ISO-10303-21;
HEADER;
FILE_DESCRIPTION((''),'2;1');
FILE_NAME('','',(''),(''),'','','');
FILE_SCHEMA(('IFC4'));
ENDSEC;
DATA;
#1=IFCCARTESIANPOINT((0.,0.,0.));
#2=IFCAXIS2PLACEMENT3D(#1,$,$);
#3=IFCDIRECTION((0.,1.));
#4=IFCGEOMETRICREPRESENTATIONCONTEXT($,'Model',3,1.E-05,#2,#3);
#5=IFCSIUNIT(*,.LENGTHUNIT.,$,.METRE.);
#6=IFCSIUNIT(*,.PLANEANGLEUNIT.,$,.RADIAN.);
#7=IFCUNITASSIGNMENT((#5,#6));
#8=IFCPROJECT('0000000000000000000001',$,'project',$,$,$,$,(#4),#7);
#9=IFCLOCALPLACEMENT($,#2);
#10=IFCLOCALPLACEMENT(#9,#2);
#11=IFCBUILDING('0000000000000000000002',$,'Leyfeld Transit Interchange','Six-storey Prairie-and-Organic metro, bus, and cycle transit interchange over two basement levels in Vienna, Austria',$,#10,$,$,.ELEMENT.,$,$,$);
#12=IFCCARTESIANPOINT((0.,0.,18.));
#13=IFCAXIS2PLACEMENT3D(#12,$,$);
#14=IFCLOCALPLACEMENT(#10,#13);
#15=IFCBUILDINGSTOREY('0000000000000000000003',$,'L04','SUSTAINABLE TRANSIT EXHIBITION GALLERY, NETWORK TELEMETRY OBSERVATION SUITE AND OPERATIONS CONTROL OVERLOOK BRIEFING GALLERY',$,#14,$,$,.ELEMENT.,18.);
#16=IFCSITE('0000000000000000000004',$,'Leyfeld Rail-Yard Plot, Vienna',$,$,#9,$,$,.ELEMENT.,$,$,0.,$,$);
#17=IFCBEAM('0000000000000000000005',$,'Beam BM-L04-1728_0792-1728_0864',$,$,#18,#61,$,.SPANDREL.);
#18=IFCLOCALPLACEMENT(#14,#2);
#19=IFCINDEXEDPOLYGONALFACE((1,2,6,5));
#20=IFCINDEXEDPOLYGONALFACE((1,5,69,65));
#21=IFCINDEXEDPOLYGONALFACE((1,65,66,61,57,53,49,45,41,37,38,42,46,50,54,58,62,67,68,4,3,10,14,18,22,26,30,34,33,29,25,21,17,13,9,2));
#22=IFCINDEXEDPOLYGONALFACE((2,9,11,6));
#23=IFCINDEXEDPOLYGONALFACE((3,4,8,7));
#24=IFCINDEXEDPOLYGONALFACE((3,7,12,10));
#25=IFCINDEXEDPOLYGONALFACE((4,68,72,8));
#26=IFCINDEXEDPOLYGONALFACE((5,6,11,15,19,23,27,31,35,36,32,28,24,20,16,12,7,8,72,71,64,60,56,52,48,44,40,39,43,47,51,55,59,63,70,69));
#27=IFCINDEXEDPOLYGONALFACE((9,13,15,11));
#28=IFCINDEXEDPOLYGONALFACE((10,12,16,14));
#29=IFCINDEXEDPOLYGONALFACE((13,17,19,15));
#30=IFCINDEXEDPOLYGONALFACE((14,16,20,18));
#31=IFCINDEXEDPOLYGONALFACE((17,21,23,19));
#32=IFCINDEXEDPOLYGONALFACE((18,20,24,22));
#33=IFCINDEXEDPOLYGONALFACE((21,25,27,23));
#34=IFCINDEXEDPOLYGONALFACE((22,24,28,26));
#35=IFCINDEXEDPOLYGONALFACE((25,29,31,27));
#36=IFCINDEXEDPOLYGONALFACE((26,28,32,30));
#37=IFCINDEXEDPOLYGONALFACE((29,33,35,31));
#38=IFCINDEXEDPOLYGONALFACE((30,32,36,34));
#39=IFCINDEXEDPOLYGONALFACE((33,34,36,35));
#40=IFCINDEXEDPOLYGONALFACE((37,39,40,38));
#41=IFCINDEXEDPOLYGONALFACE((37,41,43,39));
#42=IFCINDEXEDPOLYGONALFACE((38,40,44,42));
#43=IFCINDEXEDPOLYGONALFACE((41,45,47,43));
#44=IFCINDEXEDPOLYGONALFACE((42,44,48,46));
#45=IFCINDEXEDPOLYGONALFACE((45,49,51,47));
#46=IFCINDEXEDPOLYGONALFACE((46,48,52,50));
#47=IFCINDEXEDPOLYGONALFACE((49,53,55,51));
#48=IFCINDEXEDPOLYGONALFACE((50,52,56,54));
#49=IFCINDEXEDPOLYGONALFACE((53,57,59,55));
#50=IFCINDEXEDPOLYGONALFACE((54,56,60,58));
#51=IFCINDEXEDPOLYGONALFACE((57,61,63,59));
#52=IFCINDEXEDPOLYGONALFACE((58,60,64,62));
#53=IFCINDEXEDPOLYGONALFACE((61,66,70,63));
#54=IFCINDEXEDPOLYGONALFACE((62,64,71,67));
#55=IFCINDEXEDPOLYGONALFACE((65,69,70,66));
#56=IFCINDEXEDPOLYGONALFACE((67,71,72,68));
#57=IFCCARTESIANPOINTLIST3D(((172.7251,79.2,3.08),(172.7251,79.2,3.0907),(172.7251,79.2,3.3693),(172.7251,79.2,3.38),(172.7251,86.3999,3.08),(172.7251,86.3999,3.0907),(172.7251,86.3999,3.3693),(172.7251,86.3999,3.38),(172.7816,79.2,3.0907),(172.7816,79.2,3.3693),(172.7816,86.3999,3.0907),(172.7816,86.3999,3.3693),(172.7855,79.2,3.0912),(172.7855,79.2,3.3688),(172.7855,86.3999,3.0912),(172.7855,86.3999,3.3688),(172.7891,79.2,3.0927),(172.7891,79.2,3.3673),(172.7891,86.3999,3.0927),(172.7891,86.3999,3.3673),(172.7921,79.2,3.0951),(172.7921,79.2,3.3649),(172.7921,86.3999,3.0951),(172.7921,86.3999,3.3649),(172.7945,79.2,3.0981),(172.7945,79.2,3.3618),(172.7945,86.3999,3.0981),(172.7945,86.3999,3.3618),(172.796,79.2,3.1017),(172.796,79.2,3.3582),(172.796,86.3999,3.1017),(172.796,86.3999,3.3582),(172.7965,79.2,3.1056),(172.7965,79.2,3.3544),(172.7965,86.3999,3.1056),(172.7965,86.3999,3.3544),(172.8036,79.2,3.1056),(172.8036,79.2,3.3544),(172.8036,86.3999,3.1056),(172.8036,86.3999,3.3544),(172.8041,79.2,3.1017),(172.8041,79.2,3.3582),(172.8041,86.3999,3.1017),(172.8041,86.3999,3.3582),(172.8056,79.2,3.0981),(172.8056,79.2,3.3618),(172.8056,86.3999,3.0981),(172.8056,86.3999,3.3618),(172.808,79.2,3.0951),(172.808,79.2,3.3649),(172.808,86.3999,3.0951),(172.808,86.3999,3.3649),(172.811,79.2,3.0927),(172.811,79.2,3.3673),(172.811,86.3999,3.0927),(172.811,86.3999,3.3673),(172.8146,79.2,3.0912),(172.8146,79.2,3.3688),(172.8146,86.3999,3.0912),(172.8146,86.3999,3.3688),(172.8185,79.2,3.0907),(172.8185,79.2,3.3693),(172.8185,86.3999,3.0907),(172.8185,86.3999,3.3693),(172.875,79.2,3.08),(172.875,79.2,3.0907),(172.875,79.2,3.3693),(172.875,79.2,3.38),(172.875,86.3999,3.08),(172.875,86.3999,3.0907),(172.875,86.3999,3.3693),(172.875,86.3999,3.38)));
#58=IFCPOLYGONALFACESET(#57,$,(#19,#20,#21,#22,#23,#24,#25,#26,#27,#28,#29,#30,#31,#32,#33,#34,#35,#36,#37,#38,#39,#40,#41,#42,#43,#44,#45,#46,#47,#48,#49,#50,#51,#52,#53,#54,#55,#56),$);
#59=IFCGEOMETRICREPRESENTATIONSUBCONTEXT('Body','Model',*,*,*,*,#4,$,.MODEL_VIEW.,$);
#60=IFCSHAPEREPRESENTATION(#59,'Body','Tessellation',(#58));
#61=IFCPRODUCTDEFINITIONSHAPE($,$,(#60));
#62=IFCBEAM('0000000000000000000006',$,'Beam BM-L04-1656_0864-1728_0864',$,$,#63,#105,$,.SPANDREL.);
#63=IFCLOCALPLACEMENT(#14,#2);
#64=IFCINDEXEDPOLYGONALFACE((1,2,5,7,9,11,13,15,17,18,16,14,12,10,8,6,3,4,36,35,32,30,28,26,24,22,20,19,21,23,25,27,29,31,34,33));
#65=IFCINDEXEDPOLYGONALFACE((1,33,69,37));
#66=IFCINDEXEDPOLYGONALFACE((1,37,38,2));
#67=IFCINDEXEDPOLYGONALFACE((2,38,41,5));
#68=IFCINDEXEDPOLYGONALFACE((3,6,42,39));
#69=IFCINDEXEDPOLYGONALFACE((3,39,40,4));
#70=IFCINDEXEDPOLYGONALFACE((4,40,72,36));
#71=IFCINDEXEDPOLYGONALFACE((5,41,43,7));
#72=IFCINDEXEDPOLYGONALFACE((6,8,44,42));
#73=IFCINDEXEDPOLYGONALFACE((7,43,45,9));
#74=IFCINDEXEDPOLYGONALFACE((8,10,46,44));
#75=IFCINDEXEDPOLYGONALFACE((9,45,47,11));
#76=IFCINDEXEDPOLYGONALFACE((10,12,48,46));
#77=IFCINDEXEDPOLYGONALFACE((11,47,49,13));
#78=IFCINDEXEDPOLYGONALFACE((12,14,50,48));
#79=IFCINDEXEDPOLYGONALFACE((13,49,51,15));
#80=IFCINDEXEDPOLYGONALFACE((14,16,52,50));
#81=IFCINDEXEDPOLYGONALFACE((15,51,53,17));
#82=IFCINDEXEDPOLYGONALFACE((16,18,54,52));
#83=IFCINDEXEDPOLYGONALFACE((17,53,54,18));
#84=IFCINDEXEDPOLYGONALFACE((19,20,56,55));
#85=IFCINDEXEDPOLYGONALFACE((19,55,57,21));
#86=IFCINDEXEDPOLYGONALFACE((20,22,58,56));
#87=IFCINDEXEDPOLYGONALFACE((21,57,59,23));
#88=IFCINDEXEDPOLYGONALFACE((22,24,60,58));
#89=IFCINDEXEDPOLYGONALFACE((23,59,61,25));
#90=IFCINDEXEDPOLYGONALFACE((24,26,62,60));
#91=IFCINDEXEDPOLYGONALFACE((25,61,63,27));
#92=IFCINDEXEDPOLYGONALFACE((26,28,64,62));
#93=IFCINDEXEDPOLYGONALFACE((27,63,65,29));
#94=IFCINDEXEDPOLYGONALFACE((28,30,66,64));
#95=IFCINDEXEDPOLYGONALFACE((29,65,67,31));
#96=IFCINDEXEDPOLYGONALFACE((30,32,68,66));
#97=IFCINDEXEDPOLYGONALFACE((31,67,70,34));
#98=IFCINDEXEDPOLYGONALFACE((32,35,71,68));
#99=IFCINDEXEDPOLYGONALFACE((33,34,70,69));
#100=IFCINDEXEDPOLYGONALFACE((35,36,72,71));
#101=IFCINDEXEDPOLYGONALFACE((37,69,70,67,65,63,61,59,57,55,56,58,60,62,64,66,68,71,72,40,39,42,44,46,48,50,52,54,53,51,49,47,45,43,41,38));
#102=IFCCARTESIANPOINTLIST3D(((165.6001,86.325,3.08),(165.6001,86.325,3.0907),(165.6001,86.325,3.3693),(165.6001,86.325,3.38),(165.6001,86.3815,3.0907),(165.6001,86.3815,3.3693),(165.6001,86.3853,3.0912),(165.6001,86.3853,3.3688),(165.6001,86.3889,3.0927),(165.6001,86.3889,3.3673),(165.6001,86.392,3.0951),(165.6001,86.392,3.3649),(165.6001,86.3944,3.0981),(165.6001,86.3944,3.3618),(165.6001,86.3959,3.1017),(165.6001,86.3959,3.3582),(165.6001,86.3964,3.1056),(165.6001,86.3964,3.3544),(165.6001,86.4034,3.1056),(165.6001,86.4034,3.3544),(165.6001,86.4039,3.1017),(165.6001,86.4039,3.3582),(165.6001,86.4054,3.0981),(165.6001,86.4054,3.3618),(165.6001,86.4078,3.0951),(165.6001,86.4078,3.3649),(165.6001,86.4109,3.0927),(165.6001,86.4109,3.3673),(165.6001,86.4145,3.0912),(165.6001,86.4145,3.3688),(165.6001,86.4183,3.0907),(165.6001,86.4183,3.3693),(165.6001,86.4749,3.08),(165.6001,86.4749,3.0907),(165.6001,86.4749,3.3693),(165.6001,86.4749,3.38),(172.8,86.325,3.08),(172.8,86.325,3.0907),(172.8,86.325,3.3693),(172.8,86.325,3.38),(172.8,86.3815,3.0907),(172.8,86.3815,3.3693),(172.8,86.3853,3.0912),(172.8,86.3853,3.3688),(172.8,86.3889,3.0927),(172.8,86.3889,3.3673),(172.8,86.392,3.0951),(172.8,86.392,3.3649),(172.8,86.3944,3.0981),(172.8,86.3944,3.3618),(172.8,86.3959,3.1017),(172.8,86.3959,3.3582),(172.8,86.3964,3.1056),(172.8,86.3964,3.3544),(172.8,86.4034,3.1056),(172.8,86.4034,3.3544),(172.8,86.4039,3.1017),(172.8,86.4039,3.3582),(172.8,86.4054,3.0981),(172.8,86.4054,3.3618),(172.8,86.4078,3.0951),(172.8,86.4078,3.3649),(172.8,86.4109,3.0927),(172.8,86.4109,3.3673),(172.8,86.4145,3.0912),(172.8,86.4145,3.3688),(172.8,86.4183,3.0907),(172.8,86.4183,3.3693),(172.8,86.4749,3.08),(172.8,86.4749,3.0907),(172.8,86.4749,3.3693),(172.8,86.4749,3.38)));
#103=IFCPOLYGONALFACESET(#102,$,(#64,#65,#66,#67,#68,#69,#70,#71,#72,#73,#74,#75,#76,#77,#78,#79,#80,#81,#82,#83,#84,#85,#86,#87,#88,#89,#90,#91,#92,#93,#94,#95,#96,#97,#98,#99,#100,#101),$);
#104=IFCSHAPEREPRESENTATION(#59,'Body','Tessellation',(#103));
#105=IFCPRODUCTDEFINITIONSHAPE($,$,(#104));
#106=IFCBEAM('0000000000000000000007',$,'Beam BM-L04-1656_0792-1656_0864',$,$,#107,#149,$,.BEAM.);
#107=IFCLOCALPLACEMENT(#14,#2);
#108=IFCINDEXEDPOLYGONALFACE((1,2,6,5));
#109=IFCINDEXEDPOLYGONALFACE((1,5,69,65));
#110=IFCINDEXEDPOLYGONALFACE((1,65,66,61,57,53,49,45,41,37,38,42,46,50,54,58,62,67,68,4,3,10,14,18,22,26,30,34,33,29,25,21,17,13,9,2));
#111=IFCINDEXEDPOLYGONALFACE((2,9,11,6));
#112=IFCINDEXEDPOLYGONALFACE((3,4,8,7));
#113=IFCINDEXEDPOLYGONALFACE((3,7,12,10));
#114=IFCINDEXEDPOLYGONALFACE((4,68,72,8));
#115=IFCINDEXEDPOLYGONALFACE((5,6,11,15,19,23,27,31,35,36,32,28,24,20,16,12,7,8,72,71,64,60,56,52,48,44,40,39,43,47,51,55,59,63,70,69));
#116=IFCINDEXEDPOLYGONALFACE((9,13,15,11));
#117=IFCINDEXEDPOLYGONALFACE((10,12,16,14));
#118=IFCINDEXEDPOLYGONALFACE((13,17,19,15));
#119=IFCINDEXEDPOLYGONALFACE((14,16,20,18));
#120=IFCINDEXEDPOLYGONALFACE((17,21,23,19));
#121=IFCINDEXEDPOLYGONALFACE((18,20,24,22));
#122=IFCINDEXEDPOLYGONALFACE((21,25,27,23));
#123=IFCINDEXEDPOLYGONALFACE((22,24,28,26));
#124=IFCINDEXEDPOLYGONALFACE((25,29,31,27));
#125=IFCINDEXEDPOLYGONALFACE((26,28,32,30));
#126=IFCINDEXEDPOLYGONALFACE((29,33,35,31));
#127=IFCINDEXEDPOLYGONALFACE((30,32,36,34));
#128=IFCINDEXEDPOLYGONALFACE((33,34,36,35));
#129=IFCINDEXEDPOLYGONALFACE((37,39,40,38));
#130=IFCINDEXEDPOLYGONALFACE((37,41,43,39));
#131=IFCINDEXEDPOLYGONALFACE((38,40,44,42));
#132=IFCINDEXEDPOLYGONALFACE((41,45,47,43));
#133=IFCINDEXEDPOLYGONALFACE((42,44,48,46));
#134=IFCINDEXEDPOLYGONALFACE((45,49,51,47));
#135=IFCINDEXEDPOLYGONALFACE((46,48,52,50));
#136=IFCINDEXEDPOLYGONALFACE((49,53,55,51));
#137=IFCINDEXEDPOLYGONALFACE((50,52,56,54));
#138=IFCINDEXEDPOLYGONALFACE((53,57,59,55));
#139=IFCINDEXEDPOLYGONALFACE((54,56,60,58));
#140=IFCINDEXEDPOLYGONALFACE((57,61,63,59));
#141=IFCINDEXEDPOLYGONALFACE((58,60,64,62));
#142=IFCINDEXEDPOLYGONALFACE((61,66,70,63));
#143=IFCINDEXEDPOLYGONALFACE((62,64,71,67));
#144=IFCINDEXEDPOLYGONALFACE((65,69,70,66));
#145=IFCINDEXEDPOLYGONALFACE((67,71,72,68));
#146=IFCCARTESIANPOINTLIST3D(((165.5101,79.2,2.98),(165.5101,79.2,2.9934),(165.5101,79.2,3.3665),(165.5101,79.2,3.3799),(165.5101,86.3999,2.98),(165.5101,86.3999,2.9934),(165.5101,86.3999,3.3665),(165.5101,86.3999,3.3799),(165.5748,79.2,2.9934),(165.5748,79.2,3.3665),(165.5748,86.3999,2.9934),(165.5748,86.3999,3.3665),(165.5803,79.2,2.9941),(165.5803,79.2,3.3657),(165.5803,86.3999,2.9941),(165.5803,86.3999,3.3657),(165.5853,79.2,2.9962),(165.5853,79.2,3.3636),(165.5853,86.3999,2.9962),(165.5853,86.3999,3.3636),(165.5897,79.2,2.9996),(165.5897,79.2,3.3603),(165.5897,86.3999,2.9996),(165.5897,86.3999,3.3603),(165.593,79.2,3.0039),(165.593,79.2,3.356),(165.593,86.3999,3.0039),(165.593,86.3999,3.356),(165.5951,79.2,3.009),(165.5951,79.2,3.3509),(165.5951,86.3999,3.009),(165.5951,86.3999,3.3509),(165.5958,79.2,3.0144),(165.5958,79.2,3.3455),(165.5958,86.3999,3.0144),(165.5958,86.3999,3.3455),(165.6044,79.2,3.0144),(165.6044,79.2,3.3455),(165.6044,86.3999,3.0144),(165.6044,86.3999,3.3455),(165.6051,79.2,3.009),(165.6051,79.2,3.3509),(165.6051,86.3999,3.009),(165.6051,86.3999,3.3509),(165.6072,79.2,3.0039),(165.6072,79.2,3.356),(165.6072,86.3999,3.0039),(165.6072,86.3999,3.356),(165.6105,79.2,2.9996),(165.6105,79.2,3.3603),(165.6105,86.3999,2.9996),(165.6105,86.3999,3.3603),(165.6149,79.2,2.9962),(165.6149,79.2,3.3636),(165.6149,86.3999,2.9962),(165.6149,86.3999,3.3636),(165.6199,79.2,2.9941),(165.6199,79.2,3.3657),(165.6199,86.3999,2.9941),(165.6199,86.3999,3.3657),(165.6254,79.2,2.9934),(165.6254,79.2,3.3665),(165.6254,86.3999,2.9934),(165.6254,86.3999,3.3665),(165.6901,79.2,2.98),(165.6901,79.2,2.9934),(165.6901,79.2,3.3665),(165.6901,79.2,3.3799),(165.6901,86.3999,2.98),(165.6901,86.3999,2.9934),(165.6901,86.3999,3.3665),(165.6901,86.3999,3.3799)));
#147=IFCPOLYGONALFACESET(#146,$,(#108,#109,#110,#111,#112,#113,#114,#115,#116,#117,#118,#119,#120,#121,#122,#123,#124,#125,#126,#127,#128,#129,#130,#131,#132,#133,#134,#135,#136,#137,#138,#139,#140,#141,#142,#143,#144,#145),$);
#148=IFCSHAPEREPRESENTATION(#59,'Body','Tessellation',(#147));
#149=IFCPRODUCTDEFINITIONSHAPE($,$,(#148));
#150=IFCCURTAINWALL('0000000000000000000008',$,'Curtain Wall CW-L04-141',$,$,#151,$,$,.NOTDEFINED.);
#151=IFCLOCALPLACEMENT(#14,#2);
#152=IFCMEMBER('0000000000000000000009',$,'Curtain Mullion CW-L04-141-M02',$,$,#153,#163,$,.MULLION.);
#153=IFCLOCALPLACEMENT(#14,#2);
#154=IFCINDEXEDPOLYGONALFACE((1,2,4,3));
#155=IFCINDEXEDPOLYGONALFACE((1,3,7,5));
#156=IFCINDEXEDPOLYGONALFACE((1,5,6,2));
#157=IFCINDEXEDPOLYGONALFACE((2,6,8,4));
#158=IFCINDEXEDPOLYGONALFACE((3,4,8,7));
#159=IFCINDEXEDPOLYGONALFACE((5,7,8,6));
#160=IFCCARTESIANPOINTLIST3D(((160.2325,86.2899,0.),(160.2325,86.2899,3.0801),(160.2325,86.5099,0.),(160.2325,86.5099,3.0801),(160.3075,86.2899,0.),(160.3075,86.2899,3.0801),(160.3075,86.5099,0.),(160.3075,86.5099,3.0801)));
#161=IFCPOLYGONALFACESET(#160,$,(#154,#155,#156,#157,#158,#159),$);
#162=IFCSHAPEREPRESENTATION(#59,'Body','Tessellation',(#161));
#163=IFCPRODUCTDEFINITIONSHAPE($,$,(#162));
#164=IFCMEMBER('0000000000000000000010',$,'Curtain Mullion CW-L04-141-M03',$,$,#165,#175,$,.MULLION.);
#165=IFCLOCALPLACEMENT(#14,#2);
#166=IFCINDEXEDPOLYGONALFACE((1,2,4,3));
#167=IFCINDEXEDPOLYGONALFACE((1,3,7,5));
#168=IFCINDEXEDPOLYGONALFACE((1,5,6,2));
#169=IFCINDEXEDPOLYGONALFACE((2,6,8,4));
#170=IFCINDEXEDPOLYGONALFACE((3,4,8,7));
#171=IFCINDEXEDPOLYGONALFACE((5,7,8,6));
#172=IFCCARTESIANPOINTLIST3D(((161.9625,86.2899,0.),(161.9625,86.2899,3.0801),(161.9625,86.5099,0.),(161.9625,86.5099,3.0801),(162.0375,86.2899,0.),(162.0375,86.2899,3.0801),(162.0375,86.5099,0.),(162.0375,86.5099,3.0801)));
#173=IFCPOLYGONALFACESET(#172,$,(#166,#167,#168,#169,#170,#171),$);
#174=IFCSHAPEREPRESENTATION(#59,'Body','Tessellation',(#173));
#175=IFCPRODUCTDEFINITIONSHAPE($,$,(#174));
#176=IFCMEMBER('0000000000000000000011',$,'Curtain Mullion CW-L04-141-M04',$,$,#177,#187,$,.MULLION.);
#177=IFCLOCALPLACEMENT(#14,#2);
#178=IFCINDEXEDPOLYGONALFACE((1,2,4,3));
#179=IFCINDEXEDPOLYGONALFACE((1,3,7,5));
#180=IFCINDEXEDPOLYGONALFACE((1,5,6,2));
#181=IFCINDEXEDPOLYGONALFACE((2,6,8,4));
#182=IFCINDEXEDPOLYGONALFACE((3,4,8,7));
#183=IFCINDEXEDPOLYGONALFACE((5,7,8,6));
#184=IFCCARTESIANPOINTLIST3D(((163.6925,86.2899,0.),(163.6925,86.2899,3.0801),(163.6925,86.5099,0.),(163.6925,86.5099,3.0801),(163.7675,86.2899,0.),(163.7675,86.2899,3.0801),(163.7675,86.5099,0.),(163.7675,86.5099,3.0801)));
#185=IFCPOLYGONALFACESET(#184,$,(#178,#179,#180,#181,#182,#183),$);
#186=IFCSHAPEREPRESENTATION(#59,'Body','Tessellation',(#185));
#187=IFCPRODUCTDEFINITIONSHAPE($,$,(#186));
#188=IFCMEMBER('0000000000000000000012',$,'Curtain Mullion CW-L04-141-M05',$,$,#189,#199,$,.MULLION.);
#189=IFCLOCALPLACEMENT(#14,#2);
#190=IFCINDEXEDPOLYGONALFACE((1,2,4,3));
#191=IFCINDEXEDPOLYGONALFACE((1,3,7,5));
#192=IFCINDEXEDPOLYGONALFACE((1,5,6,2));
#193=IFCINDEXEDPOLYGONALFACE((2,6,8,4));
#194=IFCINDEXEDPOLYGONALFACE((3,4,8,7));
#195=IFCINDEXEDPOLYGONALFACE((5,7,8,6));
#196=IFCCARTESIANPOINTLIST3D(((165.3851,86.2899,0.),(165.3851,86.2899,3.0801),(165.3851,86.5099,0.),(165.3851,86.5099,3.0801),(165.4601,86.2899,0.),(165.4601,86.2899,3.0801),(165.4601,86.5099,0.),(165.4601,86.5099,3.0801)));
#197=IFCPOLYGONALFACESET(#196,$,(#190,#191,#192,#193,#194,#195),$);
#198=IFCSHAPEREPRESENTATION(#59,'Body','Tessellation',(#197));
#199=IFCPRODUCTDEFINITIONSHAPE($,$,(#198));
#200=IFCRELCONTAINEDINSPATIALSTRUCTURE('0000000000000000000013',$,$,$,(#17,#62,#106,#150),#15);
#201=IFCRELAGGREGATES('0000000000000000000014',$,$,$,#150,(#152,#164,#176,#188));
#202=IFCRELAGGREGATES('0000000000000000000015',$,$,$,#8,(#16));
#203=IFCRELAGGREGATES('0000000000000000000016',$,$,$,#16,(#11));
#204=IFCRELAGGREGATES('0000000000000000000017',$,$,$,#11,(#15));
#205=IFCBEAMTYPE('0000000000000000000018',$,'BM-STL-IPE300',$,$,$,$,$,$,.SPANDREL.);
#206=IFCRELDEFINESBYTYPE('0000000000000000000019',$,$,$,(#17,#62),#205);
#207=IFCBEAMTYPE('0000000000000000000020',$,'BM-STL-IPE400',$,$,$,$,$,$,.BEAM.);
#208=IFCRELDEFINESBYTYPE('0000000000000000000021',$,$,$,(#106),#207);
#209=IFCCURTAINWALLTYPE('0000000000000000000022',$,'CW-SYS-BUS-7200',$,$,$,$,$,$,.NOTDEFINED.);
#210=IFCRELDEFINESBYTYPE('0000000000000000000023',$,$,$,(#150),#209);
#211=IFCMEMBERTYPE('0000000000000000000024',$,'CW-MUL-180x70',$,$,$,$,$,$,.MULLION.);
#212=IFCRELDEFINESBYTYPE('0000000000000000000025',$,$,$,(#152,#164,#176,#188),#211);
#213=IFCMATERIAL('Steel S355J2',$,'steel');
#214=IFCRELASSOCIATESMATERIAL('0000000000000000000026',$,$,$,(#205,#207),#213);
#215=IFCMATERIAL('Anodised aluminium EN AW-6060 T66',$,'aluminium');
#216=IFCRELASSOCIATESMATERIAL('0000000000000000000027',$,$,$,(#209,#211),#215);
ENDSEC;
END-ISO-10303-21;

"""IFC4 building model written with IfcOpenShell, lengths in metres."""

from ifc_helpers import new_model, si_unit, direction, frame, origin, origin_2d, place, context, subcontext, project, spatial, rectangle, i_section, extrude, material, material_profile, profile_set, type_object, element, aggregate, save


model = new_model("IFC4")

# Units and contexts
model_context = context("Model", 3, precision=1e-05, world=origin(), true_north=direction((0.0, 1.0)))
body_context = subcontext(model_context, "Body", "Model", "MODEL_VIEW")
ifc_project = project(units=[si_unit("LENGTHUNIT", "METRE"), si_unit("PLANEANGLEUNIT", "RADIAN")], contexts=[model_context])

# Site, building, storey
site_placement = place(None, origin())
site = spatial("IfcSite", under=ifc_project, at=site_placement, Name="Leyfeld Rail-Yard Plot, Vienna", CompositionType="ELEMENT", RefElevation=0.0)
building_placement = place(site_placement, origin())
building = spatial("IfcBuilding", under=site, at=building_placement, Name="Leyfeld Transit Interchange", Description="Six-storey Prairie-and-Organic metro, bus, and cycle transit interchange over two basement levels in Vienna, Austria", CompositionType="ELEMENT")
storey_placement = place(building_placement, frame((0.0, 0.0, 18.0)))
storey = spatial("IfcBuildingStorey", under=building, at=storey_placement, Name="L04", Description="SUSTAINABLE TRANSIT EXHIBITION GALLERY, NETWORK TELEMETRY OBSERVATION SUITE AND OPERATIONS CONTROL OVERLOOK BRIEFING GALLERY", CompositionType="ELEMENT", Elevation=18.0)

# Shared definitions
ifc_material_1 = material(Name="Steel S355J2", Category="steel")

# Beams
ifc_material_profile_1 = material_profile(ifc_material_1, i_section(OverallWidth=0.1499, OverallDepth=0.3, WebThickness=0.0071, FlangeThickness=0.0107, FilletRadius=0.0149, at=origin_2d()), Name="IPE 300")
ifc_profile_set_1 = profile_set([ifc_material_profile_1], Name="Steel S355J2")
beam_type_1 = type_object("IfcBeamType", Name="BM-STL-IPE300", PredefinedType="SPANDREL", material=ifc_profile_set_1)
for number, where, z_axis, x_axis, name in (
    (1, (172.8, 79.2, 3.23), (0.0, 1.0, 0.0), (-1.0, 0.0, 0.0), "Beam BM-L04-1728_0792-1728_0864"),
    (2, (165.6001, 86.3999, 3.23), (1.0, 0.0, 0.0), (0.0, 1.0, 0.0), "Beam BM-L04-1656_0864-1728_0864"),
):
    element("IfcBeam", number, at=place(storey_placement, frame(where, z_axis=z_axis, x_axis=x_axis)), inside=storey, type_object=beam_type_1, Name=name, PredefinedType="SPANDREL", context=body_context, shape_type="SweptSolid", body=[
        extrude(i_section(OverallWidth=0.1499, OverallDepth=0.3, WebThickness=0.0071, FlangeThickness=0.0107, FilletRadius=0.0149, at=origin_2d()), origin(), (0.0, 0.0, 1.0), 7.2),
    ])
ifc_material_profile_2 = material_profile(ifc_material_1, i_section(OverallWidth=0.1799, OverallDepth=0.3999, WebThickness=0.0085, FlangeThickness=0.0134, FilletRadius=0.021, at=origin_2d()), Name="IPE 400")
ifc_profile_set_2 = profile_set([ifc_material_profile_2], Name="Steel S355J2")
beam_type_2 = type_object("IfcBeamType", Name="BM-STL-IPE400", PredefinedType="BEAM", material=ifc_profile_set_2)
beam_1_placement = place(storey_placement, frame((165.6001, 79.2, 3.1799), z_axis=(0.0, 1.0, 0.0), x_axis=(-1.0, 0.0, 0.0)))
element("IfcBeam", 3, at=beam_1_placement, inside=storey, type_object=beam_type_2, Name="Beam BM-L04-1656_0792-1656_0864", PredefinedType="BEAM", context=body_context, shape_type="SweptSolid", body=[
    extrude(i_section(OverallWidth=0.1799, OverallDepth=0.3999, WebThickness=0.0085, FlangeThickness=0.0134, FilletRadius=0.021, at=origin_2d()), origin(), (0.0, 0.0, 1.0), 7.2),
])

# Curtain wall, members
ifc_material_2 = material(Name="Anodised aluminium EN AW-6060 T66", Category="aluminium")
curtain_wall_type = type_object("IfcCurtainWallType", Name="CW-SYS-BUS-7200", PredefinedType="NOTDEFINED", material=ifc_material_2)
curtain_wall_placement = place(storey_placement, origin())
curtain_wall = element("IfcCurtainWall", 4, at=curtain_wall_placement, inside=storey, type_object=curtain_wall_type, Name="Curtain Wall CW-L04-141", PredefinedType="NOTDEFINED")
ifc_material_profile_3 = material_profile(ifc_material_2, rectangle(XDim=0.075, YDim=0.22, at=origin_2d()), Name="CW-M 75x220")
ifc_profile_set_3 = profile_set([ifc_material_profile_3], Name="Anodised aluminium EN AW-6060 T66")
member_type = type_object("IfcMemberType", Name="CW-MUL-180x70", PredefinedType="MULLION", material=ifc_profile_set_3)
member_1_placement = place(storey_placement, frame((160.27, 86.3999, 0.0), z_axis=(0.0, 0.0, 1.0), x_axis=(1.0, 0.0, 0.0)))
member_1 = element("IfcMember", 5, at=member_1_placement, type_object=member_type, Name="Curtain Mullion CW-L04-141-M02", PredefinedType="MULLION", context=body_context, shape_type="SweptSolid", body=[
    extrude(rectangle(XDim=0.075, YDim=0.22, at=origin_2d()), origin(), (0.0, 0.0, 1.0), 3.0801),
])
member_2_placement = place(storey_placement, frame((162.0, 86.3999, 0.0), z_axis=(0.0, 0.0, 1.0), x_axis=(1.0, 0.0, 0.0)))
member_2 = element("IfcMember", 6, at=member_2_placement, type_object=member_type, Name="Curtain Mullion CW-L04-141-M03", PredefinedType="MULLION", context=body_context, shape_type="SweptSolid", body=[
    extrude(rectangle(XDim=0.075, YDim=0.22, at=origin_2d()), origin(), (0.0, 0.0, 1.0), 3.0801),
])
member_3_placement = place(storey_placement, frame((163.73, 86.3999, 0.0), z_axis=(0.0, 0.0, 1.0), x_axis=(1.0, 0.0, 0.0)))
member_3 = element("IfcMember", 7, at=member_3_placement, type_object=member_type, Name="Curtain Mullion CW-L04-141-M04", PredefinedType="MULLION", context=body_context, shape_type="SweptSolid", body=[
    extrude(rectangle(XDim=0.075, YDim=0.22, at=origin_2d()), origin(), (0.0, 0.0, 1.0), 3.0801),
])
member_4_placement = place(storey_placement, frame((165.4226, 86.3999, 0.0), z_axis=(0.0, 0.0, 1.0), x_axis=(1.0, 0.0, 0.0)))
member_4 = element("IfcMember", 8, at=member_4_placement, type_object=member_type, Name="Curtain Mullion CW-L04-141-M05", PredefinedType="MULLION", context=body_context, shape_type="SweptSolid", body=[
    extrude(rectangle(XDim=0.075, YDim=0.22, at=origin_2d()), origin(), (0.0, 0.0, 1.0), 3.0801),
])
aggregate(curtain_wall, [member_1, member_2, member_3, member_4])

save(model, "model.ifc")
